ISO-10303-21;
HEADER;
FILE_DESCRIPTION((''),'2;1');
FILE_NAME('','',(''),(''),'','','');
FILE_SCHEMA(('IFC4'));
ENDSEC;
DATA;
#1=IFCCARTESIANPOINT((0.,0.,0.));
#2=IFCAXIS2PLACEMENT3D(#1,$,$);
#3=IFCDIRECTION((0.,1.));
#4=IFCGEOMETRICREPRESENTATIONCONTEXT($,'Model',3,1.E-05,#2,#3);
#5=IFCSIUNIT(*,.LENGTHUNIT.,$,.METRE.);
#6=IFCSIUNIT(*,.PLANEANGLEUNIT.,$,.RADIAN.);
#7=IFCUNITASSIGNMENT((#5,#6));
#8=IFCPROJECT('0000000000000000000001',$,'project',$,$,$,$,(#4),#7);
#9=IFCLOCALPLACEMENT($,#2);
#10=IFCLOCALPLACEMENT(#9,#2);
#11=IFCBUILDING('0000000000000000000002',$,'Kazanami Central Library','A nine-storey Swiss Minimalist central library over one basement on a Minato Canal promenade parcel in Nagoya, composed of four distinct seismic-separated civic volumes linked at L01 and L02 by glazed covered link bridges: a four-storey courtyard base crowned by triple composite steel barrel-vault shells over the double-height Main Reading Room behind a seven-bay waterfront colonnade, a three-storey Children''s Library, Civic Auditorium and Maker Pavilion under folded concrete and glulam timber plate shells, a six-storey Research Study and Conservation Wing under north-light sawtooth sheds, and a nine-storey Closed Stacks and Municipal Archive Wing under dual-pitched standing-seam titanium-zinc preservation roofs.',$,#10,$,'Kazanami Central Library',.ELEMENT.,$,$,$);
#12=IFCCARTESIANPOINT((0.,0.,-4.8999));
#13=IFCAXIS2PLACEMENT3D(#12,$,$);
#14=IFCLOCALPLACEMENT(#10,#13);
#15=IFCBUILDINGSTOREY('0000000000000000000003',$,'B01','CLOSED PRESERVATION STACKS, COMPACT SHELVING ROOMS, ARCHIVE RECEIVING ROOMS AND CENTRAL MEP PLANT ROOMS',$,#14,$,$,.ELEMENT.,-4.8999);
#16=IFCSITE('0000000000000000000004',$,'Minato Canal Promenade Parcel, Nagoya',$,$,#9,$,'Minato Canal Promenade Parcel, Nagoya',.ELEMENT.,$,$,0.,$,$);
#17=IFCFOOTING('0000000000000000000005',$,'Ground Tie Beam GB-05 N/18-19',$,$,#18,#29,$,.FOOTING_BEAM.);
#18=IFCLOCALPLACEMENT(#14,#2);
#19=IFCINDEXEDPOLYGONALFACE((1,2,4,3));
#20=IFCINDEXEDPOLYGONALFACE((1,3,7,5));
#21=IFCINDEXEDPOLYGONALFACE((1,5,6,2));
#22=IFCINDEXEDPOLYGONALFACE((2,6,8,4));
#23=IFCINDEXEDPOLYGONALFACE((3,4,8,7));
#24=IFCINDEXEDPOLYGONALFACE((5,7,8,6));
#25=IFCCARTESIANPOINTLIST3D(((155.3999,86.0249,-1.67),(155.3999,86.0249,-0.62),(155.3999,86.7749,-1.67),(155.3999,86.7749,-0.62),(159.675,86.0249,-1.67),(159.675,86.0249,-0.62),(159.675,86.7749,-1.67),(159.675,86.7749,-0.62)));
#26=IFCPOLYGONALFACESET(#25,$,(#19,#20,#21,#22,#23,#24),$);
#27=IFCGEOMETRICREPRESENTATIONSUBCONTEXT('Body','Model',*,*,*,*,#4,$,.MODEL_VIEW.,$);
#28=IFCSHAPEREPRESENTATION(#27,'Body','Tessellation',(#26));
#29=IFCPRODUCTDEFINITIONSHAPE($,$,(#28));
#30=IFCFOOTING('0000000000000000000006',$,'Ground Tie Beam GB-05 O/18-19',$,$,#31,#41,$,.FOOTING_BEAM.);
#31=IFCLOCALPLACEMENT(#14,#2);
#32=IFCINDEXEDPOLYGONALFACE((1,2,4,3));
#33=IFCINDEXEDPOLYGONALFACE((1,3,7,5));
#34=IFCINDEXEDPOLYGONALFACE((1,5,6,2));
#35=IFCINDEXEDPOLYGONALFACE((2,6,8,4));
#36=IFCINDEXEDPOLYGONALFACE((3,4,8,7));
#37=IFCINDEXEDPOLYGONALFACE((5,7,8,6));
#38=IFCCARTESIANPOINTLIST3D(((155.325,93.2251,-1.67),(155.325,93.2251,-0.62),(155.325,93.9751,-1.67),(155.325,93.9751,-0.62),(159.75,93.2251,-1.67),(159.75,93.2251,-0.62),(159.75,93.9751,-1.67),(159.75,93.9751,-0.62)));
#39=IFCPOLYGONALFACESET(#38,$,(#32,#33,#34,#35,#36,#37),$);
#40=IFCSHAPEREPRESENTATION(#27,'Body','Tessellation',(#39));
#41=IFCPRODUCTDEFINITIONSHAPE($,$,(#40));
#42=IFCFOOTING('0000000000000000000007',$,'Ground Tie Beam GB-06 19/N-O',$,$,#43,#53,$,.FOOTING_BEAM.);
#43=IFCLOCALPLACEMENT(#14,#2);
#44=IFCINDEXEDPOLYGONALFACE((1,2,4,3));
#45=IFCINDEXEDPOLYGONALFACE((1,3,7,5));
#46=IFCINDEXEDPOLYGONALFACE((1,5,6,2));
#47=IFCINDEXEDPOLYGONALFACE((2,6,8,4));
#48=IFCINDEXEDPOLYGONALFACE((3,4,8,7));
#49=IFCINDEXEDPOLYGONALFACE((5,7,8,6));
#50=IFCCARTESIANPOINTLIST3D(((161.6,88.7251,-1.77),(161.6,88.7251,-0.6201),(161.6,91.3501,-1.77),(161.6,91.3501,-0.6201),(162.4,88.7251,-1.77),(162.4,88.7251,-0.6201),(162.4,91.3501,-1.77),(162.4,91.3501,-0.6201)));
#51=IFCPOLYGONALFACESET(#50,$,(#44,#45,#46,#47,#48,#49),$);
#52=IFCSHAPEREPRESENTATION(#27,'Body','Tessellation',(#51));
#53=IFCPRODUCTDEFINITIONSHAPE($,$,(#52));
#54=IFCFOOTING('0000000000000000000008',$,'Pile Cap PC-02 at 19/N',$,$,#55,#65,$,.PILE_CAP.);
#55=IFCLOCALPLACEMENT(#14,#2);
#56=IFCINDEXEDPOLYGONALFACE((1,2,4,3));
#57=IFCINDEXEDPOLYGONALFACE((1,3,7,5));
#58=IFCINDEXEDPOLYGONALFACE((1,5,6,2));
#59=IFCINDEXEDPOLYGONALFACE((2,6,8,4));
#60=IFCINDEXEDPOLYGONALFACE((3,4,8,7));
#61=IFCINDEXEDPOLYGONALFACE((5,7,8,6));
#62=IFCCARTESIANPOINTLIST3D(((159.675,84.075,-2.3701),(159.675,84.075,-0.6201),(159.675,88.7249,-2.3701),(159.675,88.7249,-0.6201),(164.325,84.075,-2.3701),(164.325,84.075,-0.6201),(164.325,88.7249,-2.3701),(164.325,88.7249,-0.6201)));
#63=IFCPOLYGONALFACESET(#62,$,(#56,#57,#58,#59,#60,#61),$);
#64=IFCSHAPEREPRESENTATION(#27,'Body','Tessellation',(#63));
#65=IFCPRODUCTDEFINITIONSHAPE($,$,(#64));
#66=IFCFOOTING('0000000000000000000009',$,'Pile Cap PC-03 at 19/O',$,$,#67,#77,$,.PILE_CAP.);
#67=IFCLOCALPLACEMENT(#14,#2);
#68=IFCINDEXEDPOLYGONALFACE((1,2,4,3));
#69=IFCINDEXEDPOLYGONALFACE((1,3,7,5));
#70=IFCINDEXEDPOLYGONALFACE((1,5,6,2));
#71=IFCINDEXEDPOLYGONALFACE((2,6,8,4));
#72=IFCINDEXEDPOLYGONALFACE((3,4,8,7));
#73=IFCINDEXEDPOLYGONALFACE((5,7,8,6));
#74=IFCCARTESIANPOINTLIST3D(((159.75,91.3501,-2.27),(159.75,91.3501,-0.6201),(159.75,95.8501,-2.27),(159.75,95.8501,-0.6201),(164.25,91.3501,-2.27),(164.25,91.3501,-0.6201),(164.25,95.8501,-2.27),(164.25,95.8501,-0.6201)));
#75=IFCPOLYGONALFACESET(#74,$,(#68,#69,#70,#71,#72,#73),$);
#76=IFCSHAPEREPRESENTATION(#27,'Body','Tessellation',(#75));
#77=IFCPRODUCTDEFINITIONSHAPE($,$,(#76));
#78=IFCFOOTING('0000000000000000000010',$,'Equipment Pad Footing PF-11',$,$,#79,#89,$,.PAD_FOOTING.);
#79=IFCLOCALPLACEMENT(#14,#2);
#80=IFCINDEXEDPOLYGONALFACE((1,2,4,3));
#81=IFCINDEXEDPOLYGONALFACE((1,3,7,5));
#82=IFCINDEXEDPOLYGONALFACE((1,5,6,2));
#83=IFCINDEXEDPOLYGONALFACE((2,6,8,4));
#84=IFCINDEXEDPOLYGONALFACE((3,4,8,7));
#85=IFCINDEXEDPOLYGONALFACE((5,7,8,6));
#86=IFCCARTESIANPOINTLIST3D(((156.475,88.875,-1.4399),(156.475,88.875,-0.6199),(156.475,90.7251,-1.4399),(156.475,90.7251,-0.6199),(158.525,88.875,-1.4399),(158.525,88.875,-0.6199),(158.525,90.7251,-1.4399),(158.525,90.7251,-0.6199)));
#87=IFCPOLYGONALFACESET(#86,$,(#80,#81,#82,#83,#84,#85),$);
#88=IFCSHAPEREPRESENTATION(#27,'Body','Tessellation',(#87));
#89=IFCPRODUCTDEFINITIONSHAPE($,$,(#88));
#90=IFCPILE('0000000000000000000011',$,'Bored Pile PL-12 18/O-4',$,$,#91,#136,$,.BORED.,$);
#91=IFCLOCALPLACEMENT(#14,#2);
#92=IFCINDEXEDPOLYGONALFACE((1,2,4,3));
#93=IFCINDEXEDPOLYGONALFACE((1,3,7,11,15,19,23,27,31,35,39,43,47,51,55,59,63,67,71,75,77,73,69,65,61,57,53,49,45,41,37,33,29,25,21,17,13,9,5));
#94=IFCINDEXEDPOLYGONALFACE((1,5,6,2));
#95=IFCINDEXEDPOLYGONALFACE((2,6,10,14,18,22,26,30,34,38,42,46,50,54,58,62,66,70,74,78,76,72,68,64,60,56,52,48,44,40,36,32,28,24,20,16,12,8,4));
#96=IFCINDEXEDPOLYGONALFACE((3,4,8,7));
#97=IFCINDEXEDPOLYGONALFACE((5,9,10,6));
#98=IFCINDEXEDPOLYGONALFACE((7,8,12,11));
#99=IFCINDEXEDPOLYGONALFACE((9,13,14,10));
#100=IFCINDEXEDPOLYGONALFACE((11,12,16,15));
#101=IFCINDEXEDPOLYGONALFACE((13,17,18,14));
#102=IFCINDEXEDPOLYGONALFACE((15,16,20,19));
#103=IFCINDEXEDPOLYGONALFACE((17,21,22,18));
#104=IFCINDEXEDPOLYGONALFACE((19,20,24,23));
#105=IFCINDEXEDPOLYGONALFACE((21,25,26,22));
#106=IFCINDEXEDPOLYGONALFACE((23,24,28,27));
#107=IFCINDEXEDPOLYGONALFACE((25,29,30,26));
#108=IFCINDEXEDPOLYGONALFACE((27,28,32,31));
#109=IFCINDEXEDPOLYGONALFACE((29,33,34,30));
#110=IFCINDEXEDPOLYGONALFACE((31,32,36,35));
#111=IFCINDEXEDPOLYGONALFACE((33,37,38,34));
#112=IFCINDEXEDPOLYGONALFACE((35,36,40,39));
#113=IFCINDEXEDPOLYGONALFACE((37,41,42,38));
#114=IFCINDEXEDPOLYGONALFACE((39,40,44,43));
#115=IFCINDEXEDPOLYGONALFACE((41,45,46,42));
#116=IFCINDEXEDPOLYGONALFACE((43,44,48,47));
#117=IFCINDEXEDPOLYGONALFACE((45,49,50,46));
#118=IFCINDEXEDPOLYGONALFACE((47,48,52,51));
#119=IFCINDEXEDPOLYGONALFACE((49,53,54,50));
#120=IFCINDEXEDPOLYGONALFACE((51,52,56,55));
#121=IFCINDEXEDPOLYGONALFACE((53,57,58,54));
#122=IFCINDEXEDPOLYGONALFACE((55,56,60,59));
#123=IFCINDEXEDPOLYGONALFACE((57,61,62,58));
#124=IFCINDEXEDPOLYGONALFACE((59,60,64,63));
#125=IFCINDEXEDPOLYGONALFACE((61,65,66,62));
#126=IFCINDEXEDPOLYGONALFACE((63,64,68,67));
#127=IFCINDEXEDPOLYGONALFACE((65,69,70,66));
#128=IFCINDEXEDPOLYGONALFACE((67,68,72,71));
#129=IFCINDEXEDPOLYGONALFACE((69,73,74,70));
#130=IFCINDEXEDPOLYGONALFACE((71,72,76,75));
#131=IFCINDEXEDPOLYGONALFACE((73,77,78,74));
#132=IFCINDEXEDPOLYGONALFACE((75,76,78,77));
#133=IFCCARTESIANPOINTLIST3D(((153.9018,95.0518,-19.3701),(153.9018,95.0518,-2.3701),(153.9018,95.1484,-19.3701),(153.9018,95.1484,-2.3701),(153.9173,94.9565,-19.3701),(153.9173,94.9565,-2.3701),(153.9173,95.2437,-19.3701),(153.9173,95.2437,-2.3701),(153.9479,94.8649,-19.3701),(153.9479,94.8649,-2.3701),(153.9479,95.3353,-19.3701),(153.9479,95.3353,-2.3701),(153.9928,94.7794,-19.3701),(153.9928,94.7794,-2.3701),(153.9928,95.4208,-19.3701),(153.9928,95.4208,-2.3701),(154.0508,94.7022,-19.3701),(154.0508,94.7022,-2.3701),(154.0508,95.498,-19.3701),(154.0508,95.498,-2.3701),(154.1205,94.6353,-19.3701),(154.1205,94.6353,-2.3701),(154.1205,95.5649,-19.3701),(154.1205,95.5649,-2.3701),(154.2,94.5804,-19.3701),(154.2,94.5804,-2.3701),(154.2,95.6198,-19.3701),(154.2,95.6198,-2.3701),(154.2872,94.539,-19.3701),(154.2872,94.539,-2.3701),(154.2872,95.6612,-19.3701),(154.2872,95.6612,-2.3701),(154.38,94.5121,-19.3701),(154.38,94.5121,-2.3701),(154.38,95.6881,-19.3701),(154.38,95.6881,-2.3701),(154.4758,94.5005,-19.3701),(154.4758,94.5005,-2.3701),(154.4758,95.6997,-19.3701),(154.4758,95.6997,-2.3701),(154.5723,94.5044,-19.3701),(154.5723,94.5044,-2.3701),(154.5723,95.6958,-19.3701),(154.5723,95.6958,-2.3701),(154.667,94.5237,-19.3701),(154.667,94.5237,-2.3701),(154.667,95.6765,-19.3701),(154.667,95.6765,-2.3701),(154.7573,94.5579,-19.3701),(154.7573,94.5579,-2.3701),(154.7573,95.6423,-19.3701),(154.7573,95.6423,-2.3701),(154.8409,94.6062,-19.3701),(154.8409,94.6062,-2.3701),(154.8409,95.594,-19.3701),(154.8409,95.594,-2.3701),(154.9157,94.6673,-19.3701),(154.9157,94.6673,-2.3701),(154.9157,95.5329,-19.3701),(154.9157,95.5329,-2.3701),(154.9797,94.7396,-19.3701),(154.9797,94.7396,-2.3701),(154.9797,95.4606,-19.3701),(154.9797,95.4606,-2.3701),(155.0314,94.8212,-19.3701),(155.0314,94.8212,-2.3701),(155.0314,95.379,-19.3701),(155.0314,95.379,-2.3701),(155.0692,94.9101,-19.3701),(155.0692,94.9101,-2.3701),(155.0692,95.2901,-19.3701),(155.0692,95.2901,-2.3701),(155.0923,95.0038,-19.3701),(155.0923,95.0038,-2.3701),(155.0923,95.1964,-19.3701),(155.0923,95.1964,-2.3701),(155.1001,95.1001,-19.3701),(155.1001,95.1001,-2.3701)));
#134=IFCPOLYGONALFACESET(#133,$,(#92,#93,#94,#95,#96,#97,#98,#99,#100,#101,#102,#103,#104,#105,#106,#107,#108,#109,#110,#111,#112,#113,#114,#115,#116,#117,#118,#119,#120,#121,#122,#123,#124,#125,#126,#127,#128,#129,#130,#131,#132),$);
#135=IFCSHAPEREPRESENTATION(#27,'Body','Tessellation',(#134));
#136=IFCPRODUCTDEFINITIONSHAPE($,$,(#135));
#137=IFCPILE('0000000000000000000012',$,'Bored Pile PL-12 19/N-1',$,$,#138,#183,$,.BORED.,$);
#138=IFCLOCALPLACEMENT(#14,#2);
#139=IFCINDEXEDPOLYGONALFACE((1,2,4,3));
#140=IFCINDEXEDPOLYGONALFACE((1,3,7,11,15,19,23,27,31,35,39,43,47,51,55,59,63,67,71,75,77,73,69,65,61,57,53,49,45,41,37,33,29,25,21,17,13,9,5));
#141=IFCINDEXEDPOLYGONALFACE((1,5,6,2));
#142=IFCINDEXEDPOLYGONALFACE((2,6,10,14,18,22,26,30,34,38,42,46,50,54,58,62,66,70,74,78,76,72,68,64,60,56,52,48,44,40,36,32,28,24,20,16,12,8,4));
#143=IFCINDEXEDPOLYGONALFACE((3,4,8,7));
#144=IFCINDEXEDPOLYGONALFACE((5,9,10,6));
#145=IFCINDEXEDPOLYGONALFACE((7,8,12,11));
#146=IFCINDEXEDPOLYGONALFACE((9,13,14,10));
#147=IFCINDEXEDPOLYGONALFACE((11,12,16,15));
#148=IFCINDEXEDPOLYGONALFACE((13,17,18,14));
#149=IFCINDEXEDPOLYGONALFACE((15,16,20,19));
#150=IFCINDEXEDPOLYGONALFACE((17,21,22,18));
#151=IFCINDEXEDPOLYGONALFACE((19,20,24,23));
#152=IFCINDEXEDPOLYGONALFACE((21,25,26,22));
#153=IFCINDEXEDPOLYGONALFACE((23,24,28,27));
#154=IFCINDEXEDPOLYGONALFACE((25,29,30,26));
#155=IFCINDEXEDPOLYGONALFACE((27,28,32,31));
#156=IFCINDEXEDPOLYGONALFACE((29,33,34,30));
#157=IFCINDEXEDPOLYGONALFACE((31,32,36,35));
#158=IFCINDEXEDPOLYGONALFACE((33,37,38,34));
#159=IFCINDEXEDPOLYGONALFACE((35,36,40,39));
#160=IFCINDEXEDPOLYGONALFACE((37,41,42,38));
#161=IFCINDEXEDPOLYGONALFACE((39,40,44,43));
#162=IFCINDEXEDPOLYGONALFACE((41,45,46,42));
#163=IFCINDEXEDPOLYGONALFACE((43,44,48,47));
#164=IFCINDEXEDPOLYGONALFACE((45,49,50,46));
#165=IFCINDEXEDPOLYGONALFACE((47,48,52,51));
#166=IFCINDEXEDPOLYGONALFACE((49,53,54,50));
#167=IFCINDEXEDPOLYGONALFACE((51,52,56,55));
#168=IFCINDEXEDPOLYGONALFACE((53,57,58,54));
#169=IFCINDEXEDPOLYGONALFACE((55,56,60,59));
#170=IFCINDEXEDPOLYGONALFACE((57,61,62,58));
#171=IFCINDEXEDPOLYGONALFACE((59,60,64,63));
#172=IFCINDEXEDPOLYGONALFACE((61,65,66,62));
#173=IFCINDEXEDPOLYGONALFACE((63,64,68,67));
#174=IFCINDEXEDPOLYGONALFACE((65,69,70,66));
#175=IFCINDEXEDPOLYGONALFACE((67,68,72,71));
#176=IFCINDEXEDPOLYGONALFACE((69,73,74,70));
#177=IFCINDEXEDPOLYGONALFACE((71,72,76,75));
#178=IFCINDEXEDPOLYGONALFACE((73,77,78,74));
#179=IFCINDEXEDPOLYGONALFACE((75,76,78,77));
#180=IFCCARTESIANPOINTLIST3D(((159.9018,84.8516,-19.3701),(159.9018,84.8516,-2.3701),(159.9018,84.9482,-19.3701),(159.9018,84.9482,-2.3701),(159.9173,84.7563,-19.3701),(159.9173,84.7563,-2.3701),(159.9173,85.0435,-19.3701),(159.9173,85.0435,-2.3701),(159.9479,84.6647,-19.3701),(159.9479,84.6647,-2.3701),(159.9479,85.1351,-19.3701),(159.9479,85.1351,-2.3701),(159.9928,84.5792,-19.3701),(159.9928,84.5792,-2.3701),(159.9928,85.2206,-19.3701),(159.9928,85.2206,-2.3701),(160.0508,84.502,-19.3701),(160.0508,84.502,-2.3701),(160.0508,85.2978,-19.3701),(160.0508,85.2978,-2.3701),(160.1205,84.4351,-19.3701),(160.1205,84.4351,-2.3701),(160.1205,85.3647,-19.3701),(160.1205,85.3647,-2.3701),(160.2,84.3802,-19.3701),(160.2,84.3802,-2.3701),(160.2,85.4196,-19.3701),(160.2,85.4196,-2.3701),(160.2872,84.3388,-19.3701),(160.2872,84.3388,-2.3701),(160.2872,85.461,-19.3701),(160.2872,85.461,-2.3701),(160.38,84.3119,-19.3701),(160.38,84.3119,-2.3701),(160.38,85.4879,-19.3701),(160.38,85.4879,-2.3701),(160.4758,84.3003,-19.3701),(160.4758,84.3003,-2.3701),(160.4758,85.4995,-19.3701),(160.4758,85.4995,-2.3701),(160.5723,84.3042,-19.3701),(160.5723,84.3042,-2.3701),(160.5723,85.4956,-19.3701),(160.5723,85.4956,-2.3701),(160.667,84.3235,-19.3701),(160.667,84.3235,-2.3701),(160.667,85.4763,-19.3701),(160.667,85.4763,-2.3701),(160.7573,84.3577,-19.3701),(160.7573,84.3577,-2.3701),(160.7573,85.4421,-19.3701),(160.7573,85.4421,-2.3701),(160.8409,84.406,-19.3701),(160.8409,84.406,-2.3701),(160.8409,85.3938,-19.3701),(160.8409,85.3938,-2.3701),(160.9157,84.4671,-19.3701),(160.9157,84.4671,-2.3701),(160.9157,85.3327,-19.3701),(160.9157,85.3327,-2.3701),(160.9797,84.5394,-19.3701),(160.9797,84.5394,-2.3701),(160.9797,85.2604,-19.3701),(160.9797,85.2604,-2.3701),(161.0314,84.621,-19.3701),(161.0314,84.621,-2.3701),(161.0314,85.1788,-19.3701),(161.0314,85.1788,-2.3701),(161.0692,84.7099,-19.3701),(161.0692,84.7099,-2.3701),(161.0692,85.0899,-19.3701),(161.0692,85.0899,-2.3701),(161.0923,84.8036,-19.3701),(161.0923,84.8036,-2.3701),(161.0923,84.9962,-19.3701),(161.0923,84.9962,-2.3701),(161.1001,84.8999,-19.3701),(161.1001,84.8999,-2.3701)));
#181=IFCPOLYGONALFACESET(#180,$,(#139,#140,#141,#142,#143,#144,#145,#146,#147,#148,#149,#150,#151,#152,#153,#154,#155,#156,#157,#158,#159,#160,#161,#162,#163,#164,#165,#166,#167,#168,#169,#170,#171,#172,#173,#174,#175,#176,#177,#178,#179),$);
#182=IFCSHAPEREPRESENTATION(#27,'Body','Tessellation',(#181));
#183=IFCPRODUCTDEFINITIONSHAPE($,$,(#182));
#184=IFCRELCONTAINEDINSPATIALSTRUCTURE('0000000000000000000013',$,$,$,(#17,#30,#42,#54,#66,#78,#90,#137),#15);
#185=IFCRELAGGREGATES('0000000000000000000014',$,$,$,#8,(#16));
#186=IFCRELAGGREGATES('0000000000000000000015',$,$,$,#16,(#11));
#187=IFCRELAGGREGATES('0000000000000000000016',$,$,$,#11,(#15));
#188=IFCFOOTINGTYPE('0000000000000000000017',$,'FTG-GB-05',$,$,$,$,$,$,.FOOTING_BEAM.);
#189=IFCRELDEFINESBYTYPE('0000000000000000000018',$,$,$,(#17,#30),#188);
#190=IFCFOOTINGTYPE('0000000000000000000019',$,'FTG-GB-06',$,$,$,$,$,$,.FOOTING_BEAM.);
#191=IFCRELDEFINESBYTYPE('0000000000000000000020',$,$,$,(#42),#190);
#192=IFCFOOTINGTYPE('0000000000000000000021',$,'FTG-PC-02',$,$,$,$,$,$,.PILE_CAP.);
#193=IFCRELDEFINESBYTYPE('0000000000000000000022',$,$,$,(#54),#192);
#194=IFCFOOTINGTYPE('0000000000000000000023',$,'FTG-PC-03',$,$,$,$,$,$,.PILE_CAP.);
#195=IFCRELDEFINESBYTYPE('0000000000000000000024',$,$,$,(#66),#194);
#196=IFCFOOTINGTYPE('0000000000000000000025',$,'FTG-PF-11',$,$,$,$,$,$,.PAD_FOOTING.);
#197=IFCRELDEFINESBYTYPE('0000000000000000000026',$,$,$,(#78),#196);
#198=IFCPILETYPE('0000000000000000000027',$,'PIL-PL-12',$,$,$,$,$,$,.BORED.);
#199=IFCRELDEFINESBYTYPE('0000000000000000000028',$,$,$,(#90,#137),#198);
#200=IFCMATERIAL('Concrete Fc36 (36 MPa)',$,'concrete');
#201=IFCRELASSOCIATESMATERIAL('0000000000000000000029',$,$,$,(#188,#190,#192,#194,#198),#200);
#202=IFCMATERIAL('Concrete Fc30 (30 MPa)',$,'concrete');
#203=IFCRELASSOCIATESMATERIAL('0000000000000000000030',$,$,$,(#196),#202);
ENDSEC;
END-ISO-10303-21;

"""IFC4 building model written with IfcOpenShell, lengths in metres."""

from ifc_helpers import new_model, si_unit, direction, frame, origin, origin_2d, place, context, subcontext, project, spatial, rectangle, circle, extrude, material, material_profile, profile_set, type_object, element, save


model = new_model("IFC4")

# Units and contexts
model_context = context("Model", 3, precision=1e-05, world=origin(), true_north=direction((0.0, 1.0)))
body_context = subcontext(model_context, "Body", "Model", "MODEL_VIEW")
ifc_project = project(units=[si_unit("LENGTHUNIT", "METRE"), si_unit("PLANEANGLEUNIT", "RADIAN")], contexts=[model_context])

# Site, building, storey
site_placement = place(None, origin())
site = spatial("IfcSite", under=ifc_project, at=site_placement, Name="Minato Canal Promenade Parcel, Nagoya", LongName="Minato Canal Promenade Parcel, Nagoya", CompositionType="ELEMENT", RefElevation=0.0)
building_placement = place(site_placement, origin())
building = spatial("IfcBuilding", under=site, at=building_placement, Name="Kazanami Central Library", Description="A nine-storey Swiss Minimalist central library over one basement on a Minato Canal promenade parcel in Nagoya, composed of four distinct seismic-separated civic volumes linked at L01 and L02 by glazed covered link bridges: a four-storey courtyard base crowned by triple composite steel barrel-vault shells over the double-height Main Reading Room behind a seven-bay waterfront colonnade, a three-storey Children's Library, Civic Auditorium and Maker Pavilion under folded concrete and glulam timber plate shells, a six-storey Research Study and Conservation Wing under north-light sawtooth sheds, and a nine-storey Closed Stacks and Municipal Archive Wing under dual-pitched standing-seam titanium-zinc preservation roofs.", LongName="Kazanami Central Library", CompositionType="ELEMENT")
storey_placement = place(building_placement, frame((0.0, 0.0, -4.8999)))
storey = spatial("IfcBuildingStorey", under=building, at=storey_placement, Name="B01", Description="CLOSED PRESERVATION STACKS, COMPACT SHELVING ROOMS, ARCHIVE RECEIVING ROOMS AND CENTRAL MEP PLANT ROOMS", CompositionType="ELEMENT", Elevation=-4.8999)

# Footings
ifc_material_1 = material(Name="Concrete Fc36 (36 MPa)", Category="concrete")
ifc_material_profile_1 = material_profile(ifc_material_1, rectangle(XDim=0.75, YDim=1.05, at=origin_2d()), Name="RC-750x1050")
ifc_profile_set_1 = profile_set([ifc_material_profile_1], Name="Concrete Fc36 (36 MPa)")
footing_type_1 = type_object("IfcFootingType", Name="FTG-GB-05", PredefinedType="FOOTING_BEAM", material=ifc_profile_set_1)
footing_1_placement = place(storey_placement, frame((155.3999, 86.3999, -1.145), z_axis=(1.0, 0.0, 0.0), x_axis=(0.0, 1.0, 0.0)))
element("IfcFooting", 1, at=footing_1_placement, inside=storey, type_object=footing_type_1, Name="Ground Tie Beam GB-05 N/18-19", PredefinedType="FOOTING_BEAM", context=body_context, shape_type="SweptSolid", body=[
    extrude(rectangle(XDim=0.75, YDim=1.05, at=origin_2d()), origin(), (0.0, 0.0, 1.0), 4.2751),
])
footing_2_placement = place(storey_placement, frame((155.325, 93.6001, -1.145), z_axis=(1.0, 0.0, 0.0), x_axis=(0.0, 1.0, 0.0)))
element("IfcFooting", 2, at=footing_2_placement, inside=storey, type_object=footing_type_1, Name="Ground Tie Beam GB-05 O/18-19", PredefinedType="FOOTING_BEAM", context=body_context, shape_type="SweptSolid", body=[
    extrude(rectangle(XDim=0.75, YDim=1.05, at=origin_2d()), origin(), (0.0, 0.0, 1.0), 4.425),
])
ifc_material_profile_2 = material_profile(ifc_material_1, rectangle(XDim=0.8, YDim=1.1499, at=origin_2d()), Name="RC-800x1150")
ifc_profile_set_2 = profile_set([ifc_material_profile_2], Name="Concrete Fc36 (36 MPa)")
footing_type_2 = type_object("IfcFootingType", Name="FTG-GB-06", PredefinedType="FOOTING_BEAM", material=ifc_profile_set_2)
footing_3_placement = place(storey_placement, frame((162.0, 88.7251, -1.1951), z_axis=(0.0, 1.0, 0.0), x_axis=(-1.0, 0.0, 0.0)))
element("IfcFooting", 3, at=footing_3_placement, inside=storey, type_object=footing_type_2, Name="Ground Tie Beam GB-06 19/N-O", PredefinedType="FOOTING_BEAM", context=body_context, shape_type="SweptSolid", body=[
    extrude(rectangle(XDim=0.8, YDim=1.1499, at=origin_2d()), origin(), (0.0, 0.0, 1.0), 2.625),
])
footing_type_3 = type_object("IfcFootingType", Name="FTG-PC-02", PredefinedType="PILE_CAP", material=ifc_material_1)
footing_4_placement = place(storey_placement, frame((162.0, 86.3999, -2.3701), z_axis=(0.0, 0.0, 1.0), x_axis=(1.0, 0.0, 0.0)))
element("IfcFooting", 4, at=footing_4_placement, inside=storey, type_object=footing_type_3, Name="Pile Cap PC-02 at 19/N", PredefinedType="PILE_CAP", context=body_context, shape_type="SweptSolid", body=[
    extrude(rectangle(XDim=4.6499, YDim=4.6499, at=origin_2d()), origin(), (0.0, 0.0, 1.0), 1.75),
])
footing_type_4 = type_object("IfcFootingType", Name="FTG-PC-03", PredefinedType="PILE_CAP", material=ifc_material_1)
footing_5_placement = place(storey_placement, frame((162.0, 93.6001, -2.27), z_axis=(0.0, 0.0, 1.0), x_axis=(1.0, 0.0, 0.0)))
element("IfcFooting", 5, at=footing_5_placement, inside=storey, type_object=footing_type_4, Name="Pile Cap PC-03 at 19/O", PredefinedType="PILE_CAP", context=body_context, shape_type="SweptSolid", body=[
    extrude(rectangle(XDim=4.5, YDim=4.5, at=origin_2d()), origin(), (0.0, 0.0, 1.0), 1.6499),
])
ifc_material_2 = material(Name="Concrete Fc30 (30 MPa)", Category="concrete")
footing_type_5 = type_object("IfcFootingType", Name="FTG-PF-11", PredefinedType="PAD_FOOTING", material=ifc_material_2)
footing_6_placement = place(storey_placement, frame((157.5, 89.8, -1.4399), z_axis=(0.0, 0.0, 1.0), x_axis=(1.0, 0.0, 0.0)))
element("IfcFooting", 6, at=footing_6_placement, inside=storey, type_object=footing_type_5, Name="Equipment Pad Footing PF-11", PredefinedType="PAD_FOOTING", context=body_context, shape_type="SweptSolid", body=[
    extrude(rectangle(XDim=2.05, YDim=1.8501, at=origin_2d()), origin(), (0.0, 0.0, 1.0), 0.8201),
])

# Piles
ifc_material_profile_3 = material_profile(ifc_material_1, circle(Radius=0.6001, at=origin_2d()), Name="BORED-D1200")
ifc_profile_set_3 = profile_set([ifc_material_profile_3], Name="Concrete Fc36 (36 MPa)")
pile_type = type_object("IfcPileType", Name="PIL-PL-12", PredefinedType="BORED", material=ifc_profile_set_3)
for number, where, z_axis, x_axis, name in (
    (7, (154.5, 95.1001, -2.3701), (0.0, 0.0, -1.0), (1.0, 0.0, 0.0), "Bored Pile PL-12 18/O-4"),
    (8, (160.5, 84.8999, -2.3701), (0.0, 0.0, -1.0), (1.0, 0.0, 0.0), "Bored Pile PL-12 19/N-1"),
):
    element("IfcPile", number, at=place(storey_placement, frame(where, z_axis=z_axis, x_axis=x_axis)), inside=storey, type_object=pile_type, Name=name, PredefinedType="BORED", context=body_context, shape_type="SweptSolid", body=[
        extrude(circle(Radius=0.6001, at=origin_2d()), origin(), (0.0, 0.0, 1.0), 17.0),
    ])

save(model, "model.ifc")
